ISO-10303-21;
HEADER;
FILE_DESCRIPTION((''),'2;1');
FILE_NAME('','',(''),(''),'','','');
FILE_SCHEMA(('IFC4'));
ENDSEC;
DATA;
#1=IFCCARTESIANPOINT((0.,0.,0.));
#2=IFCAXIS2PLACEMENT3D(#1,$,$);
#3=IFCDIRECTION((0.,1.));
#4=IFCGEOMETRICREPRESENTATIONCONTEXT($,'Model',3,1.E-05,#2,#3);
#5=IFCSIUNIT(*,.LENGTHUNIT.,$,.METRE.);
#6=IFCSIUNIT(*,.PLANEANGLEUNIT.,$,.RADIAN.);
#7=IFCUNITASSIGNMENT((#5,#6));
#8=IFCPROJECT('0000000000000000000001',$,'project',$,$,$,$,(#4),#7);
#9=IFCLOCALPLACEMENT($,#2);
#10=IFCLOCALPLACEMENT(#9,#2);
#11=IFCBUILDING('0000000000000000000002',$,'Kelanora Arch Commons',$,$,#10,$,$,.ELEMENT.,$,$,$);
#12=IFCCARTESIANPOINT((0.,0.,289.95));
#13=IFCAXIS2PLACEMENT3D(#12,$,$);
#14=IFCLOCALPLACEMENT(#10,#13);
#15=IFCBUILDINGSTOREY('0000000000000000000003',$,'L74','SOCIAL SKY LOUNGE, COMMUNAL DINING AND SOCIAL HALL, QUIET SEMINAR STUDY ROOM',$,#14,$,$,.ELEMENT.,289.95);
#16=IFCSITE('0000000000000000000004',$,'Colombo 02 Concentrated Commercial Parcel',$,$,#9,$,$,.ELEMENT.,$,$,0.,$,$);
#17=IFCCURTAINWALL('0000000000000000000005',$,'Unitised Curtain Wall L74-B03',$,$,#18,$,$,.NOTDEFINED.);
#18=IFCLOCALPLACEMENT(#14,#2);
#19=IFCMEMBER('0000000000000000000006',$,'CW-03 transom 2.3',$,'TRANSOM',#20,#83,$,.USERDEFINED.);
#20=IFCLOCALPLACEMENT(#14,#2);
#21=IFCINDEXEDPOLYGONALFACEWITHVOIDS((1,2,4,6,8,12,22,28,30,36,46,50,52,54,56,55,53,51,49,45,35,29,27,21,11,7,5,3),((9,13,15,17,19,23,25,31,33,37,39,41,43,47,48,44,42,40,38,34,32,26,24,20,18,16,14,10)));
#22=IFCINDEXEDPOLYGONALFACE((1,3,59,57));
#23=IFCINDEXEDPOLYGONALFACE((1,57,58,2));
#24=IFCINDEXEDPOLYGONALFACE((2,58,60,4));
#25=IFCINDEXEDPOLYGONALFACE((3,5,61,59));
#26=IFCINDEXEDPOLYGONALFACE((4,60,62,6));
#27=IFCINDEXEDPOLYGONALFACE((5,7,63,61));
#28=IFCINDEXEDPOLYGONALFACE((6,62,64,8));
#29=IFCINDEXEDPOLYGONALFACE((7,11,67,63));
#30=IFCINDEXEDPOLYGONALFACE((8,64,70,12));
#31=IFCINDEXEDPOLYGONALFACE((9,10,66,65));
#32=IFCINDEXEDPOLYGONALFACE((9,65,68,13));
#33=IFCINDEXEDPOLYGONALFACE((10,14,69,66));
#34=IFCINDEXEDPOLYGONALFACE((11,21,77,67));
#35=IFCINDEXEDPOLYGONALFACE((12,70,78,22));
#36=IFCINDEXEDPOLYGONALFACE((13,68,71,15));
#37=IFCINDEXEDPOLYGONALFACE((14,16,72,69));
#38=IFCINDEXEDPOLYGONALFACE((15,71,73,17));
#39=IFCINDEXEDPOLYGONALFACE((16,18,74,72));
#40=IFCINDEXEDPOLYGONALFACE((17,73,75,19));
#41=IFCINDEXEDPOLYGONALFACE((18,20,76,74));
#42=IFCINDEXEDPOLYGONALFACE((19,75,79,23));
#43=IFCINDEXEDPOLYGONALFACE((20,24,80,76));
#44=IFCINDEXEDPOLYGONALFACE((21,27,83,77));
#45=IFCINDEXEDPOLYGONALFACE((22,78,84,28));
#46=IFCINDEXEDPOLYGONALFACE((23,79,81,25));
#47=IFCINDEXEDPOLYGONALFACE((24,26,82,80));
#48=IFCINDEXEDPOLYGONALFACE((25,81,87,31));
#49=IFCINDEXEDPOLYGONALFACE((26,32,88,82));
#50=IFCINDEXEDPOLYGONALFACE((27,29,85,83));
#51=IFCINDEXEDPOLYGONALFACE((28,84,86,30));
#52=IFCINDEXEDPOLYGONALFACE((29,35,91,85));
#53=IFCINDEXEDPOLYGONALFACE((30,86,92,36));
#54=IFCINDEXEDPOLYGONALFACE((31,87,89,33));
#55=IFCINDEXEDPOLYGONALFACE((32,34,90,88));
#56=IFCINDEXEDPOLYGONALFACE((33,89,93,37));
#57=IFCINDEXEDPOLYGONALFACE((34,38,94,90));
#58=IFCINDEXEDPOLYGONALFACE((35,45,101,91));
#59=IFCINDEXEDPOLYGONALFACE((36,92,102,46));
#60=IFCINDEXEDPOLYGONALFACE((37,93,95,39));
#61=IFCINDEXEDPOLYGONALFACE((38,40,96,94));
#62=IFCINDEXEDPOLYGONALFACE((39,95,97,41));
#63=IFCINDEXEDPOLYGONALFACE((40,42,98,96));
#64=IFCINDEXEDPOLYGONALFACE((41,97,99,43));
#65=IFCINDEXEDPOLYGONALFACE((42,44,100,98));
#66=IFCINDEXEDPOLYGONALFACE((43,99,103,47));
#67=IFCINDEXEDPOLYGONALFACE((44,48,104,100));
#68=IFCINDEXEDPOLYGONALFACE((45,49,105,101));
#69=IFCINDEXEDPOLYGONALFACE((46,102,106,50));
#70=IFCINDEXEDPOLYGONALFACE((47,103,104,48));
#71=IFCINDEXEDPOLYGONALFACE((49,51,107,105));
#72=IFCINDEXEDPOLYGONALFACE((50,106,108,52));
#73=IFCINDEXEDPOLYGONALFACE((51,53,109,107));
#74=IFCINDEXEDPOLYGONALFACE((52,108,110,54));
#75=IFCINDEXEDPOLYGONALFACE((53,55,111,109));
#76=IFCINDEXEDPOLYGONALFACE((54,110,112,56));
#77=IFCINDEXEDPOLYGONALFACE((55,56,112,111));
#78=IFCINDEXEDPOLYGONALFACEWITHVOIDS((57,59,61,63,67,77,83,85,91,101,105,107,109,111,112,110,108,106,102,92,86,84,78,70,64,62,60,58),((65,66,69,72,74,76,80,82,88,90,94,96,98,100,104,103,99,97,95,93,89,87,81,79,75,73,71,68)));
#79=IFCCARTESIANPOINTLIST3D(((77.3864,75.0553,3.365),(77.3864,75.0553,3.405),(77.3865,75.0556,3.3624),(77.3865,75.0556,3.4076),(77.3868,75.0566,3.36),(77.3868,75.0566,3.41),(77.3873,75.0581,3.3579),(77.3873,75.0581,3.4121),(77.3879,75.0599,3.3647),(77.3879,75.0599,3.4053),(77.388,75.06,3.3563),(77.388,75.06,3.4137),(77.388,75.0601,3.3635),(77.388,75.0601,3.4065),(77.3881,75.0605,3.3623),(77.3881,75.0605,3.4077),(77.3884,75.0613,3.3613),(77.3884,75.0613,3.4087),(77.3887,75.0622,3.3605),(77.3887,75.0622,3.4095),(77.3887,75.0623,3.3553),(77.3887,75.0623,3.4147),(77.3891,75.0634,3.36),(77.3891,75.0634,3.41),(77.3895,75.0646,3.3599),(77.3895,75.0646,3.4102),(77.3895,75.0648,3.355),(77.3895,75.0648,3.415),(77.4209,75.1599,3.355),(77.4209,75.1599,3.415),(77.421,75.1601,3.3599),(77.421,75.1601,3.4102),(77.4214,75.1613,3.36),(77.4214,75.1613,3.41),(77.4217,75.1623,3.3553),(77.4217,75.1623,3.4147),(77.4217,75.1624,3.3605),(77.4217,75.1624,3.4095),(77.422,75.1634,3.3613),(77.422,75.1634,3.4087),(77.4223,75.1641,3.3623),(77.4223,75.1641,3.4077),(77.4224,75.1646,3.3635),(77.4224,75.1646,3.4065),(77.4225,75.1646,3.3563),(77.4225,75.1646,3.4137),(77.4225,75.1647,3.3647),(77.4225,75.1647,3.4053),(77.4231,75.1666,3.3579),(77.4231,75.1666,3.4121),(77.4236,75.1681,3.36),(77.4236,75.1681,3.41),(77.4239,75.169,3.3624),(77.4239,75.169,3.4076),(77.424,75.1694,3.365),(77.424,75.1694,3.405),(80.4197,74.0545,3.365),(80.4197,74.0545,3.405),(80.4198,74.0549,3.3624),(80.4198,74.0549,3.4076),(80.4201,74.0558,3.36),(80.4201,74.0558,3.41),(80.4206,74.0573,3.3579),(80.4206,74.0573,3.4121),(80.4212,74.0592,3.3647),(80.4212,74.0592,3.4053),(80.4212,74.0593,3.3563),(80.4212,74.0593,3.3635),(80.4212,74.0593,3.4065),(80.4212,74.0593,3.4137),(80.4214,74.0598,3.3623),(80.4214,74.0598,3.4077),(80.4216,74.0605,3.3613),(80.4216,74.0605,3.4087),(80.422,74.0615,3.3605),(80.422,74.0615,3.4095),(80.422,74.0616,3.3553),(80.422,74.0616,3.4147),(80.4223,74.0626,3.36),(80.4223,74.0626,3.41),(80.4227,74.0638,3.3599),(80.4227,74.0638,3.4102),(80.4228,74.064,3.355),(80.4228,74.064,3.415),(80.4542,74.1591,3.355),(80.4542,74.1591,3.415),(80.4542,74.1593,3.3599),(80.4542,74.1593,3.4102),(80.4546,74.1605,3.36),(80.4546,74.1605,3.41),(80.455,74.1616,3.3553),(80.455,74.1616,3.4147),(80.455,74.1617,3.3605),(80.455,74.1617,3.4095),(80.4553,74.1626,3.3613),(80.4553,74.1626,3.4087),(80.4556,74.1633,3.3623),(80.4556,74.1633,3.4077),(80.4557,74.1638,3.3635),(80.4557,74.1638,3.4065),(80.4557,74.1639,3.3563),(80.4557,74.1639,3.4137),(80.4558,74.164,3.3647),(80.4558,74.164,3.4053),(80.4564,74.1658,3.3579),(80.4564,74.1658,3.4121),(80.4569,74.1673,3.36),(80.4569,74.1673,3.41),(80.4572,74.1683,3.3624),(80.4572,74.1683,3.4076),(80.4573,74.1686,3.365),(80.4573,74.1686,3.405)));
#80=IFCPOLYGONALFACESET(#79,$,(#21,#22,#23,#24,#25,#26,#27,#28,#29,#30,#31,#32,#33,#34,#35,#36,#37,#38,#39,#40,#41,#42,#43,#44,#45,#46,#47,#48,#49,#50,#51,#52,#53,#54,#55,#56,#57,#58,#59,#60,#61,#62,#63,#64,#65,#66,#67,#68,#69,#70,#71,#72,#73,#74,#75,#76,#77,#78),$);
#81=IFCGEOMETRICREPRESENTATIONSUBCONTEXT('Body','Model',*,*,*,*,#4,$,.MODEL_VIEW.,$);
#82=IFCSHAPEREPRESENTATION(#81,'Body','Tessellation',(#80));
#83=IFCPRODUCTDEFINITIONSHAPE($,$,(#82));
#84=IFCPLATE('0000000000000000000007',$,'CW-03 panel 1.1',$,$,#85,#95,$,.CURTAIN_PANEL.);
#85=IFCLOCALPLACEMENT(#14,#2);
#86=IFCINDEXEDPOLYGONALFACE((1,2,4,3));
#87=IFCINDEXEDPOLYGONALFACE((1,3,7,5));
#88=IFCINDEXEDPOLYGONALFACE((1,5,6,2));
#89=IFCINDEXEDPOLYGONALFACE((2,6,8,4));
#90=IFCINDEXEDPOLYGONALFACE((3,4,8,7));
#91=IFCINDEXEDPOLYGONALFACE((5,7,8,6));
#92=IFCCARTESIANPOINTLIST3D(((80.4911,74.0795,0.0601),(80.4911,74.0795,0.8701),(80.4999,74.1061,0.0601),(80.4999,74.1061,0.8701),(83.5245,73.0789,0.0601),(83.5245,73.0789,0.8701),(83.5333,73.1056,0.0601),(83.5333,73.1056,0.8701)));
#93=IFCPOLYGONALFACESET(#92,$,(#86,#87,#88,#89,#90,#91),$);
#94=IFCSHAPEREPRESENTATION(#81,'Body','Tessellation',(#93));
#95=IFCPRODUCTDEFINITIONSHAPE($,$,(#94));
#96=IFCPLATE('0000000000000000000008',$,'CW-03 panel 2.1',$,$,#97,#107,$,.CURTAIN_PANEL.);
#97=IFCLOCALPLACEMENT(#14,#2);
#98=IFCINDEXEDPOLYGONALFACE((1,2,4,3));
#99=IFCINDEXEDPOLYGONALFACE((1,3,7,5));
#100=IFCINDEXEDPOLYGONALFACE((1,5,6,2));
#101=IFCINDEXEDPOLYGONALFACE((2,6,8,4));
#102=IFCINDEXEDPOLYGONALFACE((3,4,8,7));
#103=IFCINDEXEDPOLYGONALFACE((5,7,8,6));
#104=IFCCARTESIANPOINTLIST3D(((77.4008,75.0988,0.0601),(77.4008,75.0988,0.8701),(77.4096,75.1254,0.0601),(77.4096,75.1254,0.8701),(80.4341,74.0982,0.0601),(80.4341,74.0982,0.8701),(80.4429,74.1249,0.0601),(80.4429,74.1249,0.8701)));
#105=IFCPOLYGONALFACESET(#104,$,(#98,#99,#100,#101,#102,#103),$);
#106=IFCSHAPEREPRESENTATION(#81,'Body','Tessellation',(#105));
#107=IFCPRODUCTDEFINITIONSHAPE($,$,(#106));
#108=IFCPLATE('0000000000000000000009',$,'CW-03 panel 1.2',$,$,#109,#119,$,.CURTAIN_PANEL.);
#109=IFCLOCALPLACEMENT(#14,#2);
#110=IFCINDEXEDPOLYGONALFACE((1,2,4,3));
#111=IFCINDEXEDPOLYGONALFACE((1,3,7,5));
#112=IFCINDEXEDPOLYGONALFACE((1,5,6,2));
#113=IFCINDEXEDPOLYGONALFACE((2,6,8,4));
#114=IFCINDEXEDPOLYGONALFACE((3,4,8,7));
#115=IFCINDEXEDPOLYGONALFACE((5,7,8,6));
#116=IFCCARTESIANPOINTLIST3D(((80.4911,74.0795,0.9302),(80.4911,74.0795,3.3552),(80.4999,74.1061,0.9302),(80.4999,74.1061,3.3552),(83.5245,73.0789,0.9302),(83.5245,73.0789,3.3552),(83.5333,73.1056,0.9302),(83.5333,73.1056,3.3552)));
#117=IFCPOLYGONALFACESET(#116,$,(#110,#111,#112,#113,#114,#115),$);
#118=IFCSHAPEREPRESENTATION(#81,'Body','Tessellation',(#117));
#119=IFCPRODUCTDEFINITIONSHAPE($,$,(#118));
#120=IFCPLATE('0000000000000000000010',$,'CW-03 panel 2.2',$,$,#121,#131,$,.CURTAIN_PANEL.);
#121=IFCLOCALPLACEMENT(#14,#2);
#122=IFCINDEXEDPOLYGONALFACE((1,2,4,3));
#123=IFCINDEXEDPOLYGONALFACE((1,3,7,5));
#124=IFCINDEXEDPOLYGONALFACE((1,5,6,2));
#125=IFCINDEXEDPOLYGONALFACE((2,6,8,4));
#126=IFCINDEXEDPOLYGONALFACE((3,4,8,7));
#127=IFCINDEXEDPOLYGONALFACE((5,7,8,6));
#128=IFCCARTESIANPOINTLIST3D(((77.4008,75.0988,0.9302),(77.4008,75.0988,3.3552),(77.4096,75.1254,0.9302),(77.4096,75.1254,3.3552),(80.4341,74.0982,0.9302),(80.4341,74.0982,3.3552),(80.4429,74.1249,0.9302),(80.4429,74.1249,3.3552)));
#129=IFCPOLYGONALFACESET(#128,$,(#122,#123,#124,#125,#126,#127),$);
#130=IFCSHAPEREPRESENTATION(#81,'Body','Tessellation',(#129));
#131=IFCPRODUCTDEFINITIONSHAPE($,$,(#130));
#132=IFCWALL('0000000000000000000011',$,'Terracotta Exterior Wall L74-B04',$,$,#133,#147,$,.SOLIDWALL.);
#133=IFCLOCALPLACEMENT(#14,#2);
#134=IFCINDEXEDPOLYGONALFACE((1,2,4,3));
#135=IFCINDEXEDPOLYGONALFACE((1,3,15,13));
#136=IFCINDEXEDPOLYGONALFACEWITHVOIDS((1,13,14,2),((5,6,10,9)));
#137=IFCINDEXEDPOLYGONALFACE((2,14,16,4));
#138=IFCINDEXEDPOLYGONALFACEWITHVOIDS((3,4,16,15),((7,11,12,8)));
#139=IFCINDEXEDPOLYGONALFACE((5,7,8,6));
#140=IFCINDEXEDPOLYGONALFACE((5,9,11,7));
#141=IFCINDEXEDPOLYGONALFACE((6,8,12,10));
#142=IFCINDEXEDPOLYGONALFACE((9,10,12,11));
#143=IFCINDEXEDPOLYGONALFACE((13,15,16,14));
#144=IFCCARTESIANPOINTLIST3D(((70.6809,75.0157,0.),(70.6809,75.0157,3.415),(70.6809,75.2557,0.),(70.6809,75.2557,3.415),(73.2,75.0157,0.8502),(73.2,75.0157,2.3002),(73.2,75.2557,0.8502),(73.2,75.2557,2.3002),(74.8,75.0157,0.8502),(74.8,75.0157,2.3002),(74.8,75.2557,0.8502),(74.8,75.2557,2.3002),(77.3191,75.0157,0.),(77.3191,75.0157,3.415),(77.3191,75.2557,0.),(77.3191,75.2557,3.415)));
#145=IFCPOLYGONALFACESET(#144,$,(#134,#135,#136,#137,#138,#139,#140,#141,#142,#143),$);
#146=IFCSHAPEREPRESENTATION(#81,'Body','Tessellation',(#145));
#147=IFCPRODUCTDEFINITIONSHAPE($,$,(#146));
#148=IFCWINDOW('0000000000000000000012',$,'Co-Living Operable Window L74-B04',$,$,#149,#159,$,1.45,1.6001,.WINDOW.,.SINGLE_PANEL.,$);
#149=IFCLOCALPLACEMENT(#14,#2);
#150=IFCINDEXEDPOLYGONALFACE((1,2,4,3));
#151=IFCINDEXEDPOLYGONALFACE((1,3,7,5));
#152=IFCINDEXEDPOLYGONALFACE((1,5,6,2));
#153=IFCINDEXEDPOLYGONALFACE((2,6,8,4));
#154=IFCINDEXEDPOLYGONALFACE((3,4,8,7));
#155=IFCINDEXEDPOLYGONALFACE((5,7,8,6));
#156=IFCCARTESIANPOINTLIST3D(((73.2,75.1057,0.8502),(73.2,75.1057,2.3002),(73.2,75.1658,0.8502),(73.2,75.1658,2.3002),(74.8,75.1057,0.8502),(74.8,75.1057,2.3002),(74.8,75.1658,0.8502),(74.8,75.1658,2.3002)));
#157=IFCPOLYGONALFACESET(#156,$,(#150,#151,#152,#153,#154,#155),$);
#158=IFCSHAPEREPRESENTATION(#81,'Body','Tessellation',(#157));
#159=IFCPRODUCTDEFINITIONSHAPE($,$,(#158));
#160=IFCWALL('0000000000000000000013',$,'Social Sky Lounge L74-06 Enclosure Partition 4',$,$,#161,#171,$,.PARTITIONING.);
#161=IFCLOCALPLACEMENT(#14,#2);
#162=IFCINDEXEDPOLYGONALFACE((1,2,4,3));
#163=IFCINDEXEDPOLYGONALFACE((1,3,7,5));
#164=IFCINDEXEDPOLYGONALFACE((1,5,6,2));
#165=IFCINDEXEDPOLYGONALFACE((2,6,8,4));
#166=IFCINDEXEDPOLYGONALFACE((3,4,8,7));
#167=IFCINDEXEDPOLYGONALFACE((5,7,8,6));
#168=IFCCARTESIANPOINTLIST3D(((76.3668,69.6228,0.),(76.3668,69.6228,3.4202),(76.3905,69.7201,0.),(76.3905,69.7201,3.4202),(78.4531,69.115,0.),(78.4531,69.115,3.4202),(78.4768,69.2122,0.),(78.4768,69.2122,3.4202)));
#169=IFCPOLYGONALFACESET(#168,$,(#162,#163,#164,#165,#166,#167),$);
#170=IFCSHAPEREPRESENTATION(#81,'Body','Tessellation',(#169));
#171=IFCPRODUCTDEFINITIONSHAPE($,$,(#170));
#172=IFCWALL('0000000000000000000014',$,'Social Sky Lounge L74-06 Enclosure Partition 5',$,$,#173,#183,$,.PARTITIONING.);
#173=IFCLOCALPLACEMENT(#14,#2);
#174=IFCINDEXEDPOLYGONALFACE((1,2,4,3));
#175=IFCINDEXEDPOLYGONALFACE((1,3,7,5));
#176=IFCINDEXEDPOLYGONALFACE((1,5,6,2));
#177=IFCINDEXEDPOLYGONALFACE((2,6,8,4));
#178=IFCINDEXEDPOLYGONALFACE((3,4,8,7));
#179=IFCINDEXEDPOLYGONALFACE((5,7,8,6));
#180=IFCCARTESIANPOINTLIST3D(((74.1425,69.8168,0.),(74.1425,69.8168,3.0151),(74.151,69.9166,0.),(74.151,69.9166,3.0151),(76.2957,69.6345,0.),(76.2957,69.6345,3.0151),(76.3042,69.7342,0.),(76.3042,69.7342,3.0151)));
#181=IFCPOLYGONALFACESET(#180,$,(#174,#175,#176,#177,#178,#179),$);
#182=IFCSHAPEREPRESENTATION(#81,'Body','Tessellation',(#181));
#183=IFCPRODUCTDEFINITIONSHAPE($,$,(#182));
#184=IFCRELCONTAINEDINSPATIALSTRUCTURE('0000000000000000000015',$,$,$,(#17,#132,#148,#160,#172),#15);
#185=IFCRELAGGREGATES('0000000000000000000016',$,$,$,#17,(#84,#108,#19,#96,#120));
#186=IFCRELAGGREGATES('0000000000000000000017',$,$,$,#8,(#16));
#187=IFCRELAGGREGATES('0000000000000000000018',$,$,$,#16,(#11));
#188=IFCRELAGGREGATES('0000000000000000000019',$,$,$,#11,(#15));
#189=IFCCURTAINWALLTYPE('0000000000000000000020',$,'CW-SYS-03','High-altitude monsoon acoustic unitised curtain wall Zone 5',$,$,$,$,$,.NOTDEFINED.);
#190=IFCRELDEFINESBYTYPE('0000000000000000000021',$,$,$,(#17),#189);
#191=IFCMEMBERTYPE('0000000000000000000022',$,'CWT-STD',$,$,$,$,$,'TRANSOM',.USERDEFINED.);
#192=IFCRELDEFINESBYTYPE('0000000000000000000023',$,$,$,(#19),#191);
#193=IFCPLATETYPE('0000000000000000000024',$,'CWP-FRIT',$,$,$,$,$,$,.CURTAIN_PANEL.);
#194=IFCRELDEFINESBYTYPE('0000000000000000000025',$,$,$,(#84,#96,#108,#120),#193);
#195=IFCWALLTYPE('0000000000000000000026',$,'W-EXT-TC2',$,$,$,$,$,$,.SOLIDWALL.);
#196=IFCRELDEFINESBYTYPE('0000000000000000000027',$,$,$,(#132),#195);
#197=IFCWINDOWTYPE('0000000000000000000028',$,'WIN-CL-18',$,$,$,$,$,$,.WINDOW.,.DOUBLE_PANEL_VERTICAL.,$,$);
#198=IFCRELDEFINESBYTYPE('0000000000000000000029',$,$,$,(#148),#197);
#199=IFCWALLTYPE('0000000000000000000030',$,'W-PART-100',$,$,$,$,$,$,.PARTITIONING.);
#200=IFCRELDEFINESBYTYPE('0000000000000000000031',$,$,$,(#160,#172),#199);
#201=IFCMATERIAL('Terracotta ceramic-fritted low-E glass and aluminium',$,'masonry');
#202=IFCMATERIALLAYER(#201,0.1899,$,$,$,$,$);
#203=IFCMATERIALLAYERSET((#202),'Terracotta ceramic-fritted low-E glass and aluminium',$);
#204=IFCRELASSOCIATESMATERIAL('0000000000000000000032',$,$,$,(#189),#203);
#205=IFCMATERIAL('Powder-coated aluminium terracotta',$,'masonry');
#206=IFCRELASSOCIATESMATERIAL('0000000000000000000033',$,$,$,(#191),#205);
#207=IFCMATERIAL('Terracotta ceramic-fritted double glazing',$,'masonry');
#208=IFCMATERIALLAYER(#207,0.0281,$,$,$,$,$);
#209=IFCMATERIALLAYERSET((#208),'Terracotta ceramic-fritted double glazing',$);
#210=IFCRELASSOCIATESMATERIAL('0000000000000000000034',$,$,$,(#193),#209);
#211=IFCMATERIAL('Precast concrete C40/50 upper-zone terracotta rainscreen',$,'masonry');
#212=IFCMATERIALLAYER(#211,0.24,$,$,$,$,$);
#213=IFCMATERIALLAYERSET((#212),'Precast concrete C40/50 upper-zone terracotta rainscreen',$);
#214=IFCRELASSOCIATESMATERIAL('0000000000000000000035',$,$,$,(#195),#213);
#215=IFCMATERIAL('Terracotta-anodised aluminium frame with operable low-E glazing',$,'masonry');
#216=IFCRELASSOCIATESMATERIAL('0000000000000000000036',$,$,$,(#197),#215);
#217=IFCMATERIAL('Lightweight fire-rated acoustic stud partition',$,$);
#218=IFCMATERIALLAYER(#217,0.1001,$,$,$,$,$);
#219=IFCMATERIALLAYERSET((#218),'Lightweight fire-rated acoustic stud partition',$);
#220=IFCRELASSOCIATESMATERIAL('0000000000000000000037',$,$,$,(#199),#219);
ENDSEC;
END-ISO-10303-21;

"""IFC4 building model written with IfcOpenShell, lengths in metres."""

from ifc_helpers import new_model, si_unit, direction, frame, frame_2d, origin, origin_2d, place, context, subcontext, project, spatial, rectangle, hollow_rectangle, extrude, source, transform, mapped, material, layer, layer_set, material_profile, profile_set, type_object, element, fill, aggregate, save


model = new_model("IFC4")

# Units and contexts
model_context = context("Model", 3, precision=1e-05, world=origin(), true_north=direction((0.0, 1.0)))
body_context = subcontext(model_context, "Body", "Model", "MODEL_VIEW")
ifc_project = project(units=[si_unit("LENGTHUNIT", "METRE"), si_unit("PLANEANGLEUNIT", "RADIAN")], contexts=[model_context])

# Site, building, storey
site_placement = place(None, origin())
site = spatial("IfcSite", under=ifc_project, at=site_placement, Name="Colombo 02 Concentrated Commercial Parcel", CompositionType="ELEMENT", RefElevation=0.0)
building_placement = place(site_placement, origin())
building = spatial("IfcBuilding", under=site, at=building_placement, Name="Kelanora Arch Commons", CompositionType="ELEMENT")
storey_placement = place(building_placement, frame((0.0, 0.0, 289.95)))
storey = spatial("IfcBuildingStorey", under=building, at=storey_placement, Name="L74", Description="SOCIAL SKY LOUNGE, COMMUNAL DINING AND SOCIAL HALL, QUIET SEMINAR STUDY ROOM", CompositionType="ELEMENT", Elevation=289.95)

# Curtain wall, member, plates
ifc_material_1 = material(Name="Terracotta ceramic-fritted low-E glass and aluminium", Category="masonry")
ifc_layer_1 = layer(ifc_material_1, 0.1899)
ifc_layer_set_1 = layer_set([ifc_layer_1], Name="Terracotta ceramic-fritted low-E glass and aluminium")
curtain_wall_type = type_object("IfcCurtainWallType", Name="CW-SYS-03", Description="High-altitude monsoon acoustic unitised curtain wall Zone 5", PredefinedType="NOTDEFINED", material=ifc_layer_set_1)
curtain_wall_placement = place(storey_placement, origin())
curtain_wall = element("IfcCurtainWall", 1, at=curtain_wall_placement, inside=storey, type_object=curtain_wall_type, Name="Unitised Curtain Wall L74-B03", PredefinedType="NOTDEFINED")
ifc_material_2 = material(Name="Powder-coated aluminium terracotta", Category="masonry")
ifc_material_profile_1 = material_profile(ifc_material_2, hollow_rectangle(XDim=0.1201, YDim=0.0601, WallThickness=0.0049, InnerFilletRadius=0.0049, OuterFilletRadius=0.01, at=origin_2d()), Name="CWT120x60")
ifc_profile_set_1 = profile_set([ifc_material_profile_1], Name="Powder-coated aluminium terracotta")
member_type_1 = type_object("IfcMemberType", Name="CWT-STD", ElementType="TRANSOM", PredefinedType="USERDEFINED", material=ifc_profile_set_1)
member_1_placement = place(storey_placement, frame((80.4385, 74.1116, 3.385), z_axis=(-0.94965, 0.313314, 0.0), x_axis=(-0.313314, -0.94965, 0.0)))
member_1 = element("IfcMember", 2, at=member_1_placement, type_object=member_type_1, Name="CW-03 transom 2.3", ObjectType="TRANSOM", PredefinedType="USERDEFINED", context=body_context, shape_type="SweptSolid", body=[
    extrude(hollow_rectangle(XDim=0.1201, YDim=0.0601, WallThickness=0.0049, InnerFilletRadius=0.0049, OuterFilletRadius=0.01, at=origin_2d()), origin(), (0.0, 0.0, 1.0), 3.1941),
])
ifc_material_3 = material(Name="Terracotta ceramic-fritted double glazing", Category="masonry")
ifc_layer_2 = layer(ifc_material_3, 0.0281)
ifc_layer_set_2 = layer_set([ifc_layer_2], Name="Terracotta ceramic-fritted double glazing")
plate_type = type_object("IfcPlateType", Name="CWP-FRIT", PredefinedType="CURTAIN_PANEL", material=ifc_layer_set_2)
shared_shape_1 = source(origin(), body_context, "Body", "SweptSolid", [
    extrude(rectangle(XDim=3.1941, YDim=0.0281, at=origin_2d()), origin(), (0.0, 0.0, 1.0), 0.8101),
])
plate_1_placement = place(storey_placement, frame((82.0122, 73.5925, 0.0601), z_axis=(0.0, 0.0, 1.0), x_axis=(-0.94967, 0.313253, 0.0)))
plate_1 = element("IfcPlate", 3, at=plate_1_placement, type_object=plate_type, Name="CW-03 panel 1.1", PredefinedType="CURTAIN_PANEL", context=body_context, shape_type="MappedRepresentation", body=[
    mapped(shared_shape_1, transform((0.0, 0.0, 0.0), scale=1.0)),
])
plate_2_placement = place(storey_placement, frame((78.9219, 74.6118, 0.0601), z_axis=(0.0, 0.0, 1.0), x_axis=(-0.94967, 0.313253, 0.0)))
plate_2 = element("IfcPlate", 4, at=plate_2_placement, type_object=plate_type, Name="CW-03 panel 2.1", PredefinedType="CURTAIN_PANEL", context=body_context, shape_type="MappedRepresentation", body=[
    mapped(shared_shape_1, transform((0.0, 0.0, 0.0), scale=1.0)),
])
shared_shape_2 = source(origin(), body_context, "Body", "SweptSolid", [
    extrude(rectangle(XDim=3.1941, YDim=0.0281, at=origin_2d()), origin(), (0.0, 0.0, 1.0), 2.425),
])
plate_3_placement = place(storey_placement, frame((82.0122, 73.5925, 0.9302), z_axis=(0.0, 0.0, 1.0), x_axis=(-0.94967, 0.313253, 0.0)))
plate_3 = element("IfcPlate", 5, at=plate_3_placement, type_object=plate_type, Name="CW-03 panel 1.2", PredefinedType="CURTAIN_PANEL", context=body_context, shape_type="MappedRepresentation", body=[
    mapped(shared_shape_2, transform((0.0, 0.0, 0.0), scale=1.0)),
])
plate_4_placement = place(storey_placement, frame((78.9219, 74.6118, 0.9302), z_axis=(0.0, 0.0, 1.0), x_axis=(-0.94967, 0.313253, 0.0)))
plate_4 = element("IfcPlate", 6, at=plate_4_placement, type_object=plate_type, Name="CW-03 panel 2.2", PredefinedType="CURTAIN_PANEL", context=body_context, shape_type="MappedRepresentation", body=[
    mapped(shared_shape_2, transform((0.0, 0.0, 0.0), scale=1.0)),
])
aggregate(curtain_wall, [plate_1, plate_3, member_1, plate_2, plate_4])

# Wall, opening, window
ifc_material_4 = material(Name="Precast concrete C40/50 upper-zone terracotta rainscreen", Category="masonry")
ifc_layer_3 = layer(ifc_material_4, 0.24)
ifc_layer_set_3 = layer_set([ifc_layer_3], Name="Precast concrete C40/50 upper-zone terracotta rainscreen")
wall_type_1 = type_object("IfcWallType", Name="W-EXT-TC2", PredefinedType="SOLIDWALL", material=ifc_layer_set_3)
wall_1_placement = place(storey_placement, frame((77.3191, 75.1357, 0.0), z_axis=(0.0, 0.0, 1.0), x_axis=(-1.0, 0.0, 0.0)))
wall_1 = element("IfcWall", 7, at=wall_1_placement, inside=storey, type_object=wall_type_1, Name="Terracotta Exterior Wall L74-B04", PredefinedType="SOLIDWALL", context=body_context, shape_type="SweptSolid", body=[
    extrude(rectangle(XDim=6.6382, YDim=0.24, at=frame_2d((3.3191, 0.0))), origin(), (0.0, 0.0, 1.0), 3.415),
])
opening_placement = place(wall_1_placement, frame((2.519, 0.0, 0.8501)))
opening = element("IfcOpeningElement", 8, at=opening_placement, cuts=wall_1, PredefinedType="OPENING", context=body_context, shape_type="SweptSolid", body=[
    extrude(rectangle(XDim=1.6001, YDim=1.45, at=frame_2d((0.8, 0.7251))), frame((0.0, 0.1299, 0.0), z_axis=(0.0, -1.0, 0.0), x_axis=(1.0, 0.0, 0.0)), (0.0, 0.0, 1.0), 0.26),
])
ifc_material_5 = material(Name="Terracotta-anodised aluminium frame with operable low-E glazing", Category="masonry")
window_type = type_object("IfcWindowType", Name="WIN-CL-18", PartitioningType="DOUBLE_PANEL_VERTICAL", PredefinedType="WINDOW", material=ifc_material_5)
window_placement = place(opening_placement, origin())
window = element("IfcWindow", 9, at=window_placement, inside=storey, type_object=window_type, Name="Co-Living Operable Window L74-B04", OverallHeight=1.45, OverallWidth=1.6001, PartitioningType="SINGLE_PANEL", PredefinedType="WINDOW", context=body_context, shape_type="SweptSolid", body=[
    extrude(rectangle(XDim=1.6001, YDim=1.45, at=frame_2d((0.8, 0.7251))), frame((0.0, 0.03, 0.0), z_axis=(0.0, -1.0, 0.0), x_axis=(1.0, 0.0, 0.0)), (0.0, 0.0, 1.0), 0.0601),
])
fill(opening, window)

# Walls
ifc_material_6 = material(Name="Lightweight fire-rated acoustic stud partition")
ifc_layer_4 = layer(ifc_material_6, 0.1001)
ifc_layer_set_4 = layer_set([ifc_layer_4], Name="Lightweight fire-rated acoustic stud partition")
wall_type_2 = type_object("IfcWallType", Name="W-PART-100", PredefinedType="PARTITIONING", material=ifc_layer_set_4)
wall_2_placement = place(storey_placement, frame((78.4651, 69.1636, 0.0), z_axis=(0.0, 0.0, 1.0), x_axis=(-0.971629, 0.236511, 0.0)))
element("IfcWall", 10, at=wall_2_placement, inside=storey, type_object=wall_type_2, Name="Social Sky Lounge L74-06 Enclosure Partition 4", PredefinedType="PARTITIONING", context=body_context, shape_type="SweptSolid", body=[
    extrude(rectangle(XDim=2.1472, YDim=0.1001, at=frame_2d((1.0737, 0.0))), origin(), (0.0, 0.0, 1.0), 3.4202),
])
wall_3_placement = place(storey_placement, frame((76.3, 69.6843, 0.0), z_axis=(0.0, 0.0, 1.0), x_axis=(-0.996432, 0.084401, 0.0)))
element("IfcWall", 11, at=wall_3_placement, inside=storey, type_object=wall_type_2, Name="Social Sky Lounge L74-06 Enclosure Partition 5", PredefinedType="PARTITIONING", context=body_context, shape_type="SweptSolid", body=[
    extrude(rectangle(XDim=2.1609, YDim=0.1001, at=frame_2d((1.0806, 0.0))), origin(), (0.0, 0.0, 1.0), 3.0151),
])

save(model, "model.ifc")
